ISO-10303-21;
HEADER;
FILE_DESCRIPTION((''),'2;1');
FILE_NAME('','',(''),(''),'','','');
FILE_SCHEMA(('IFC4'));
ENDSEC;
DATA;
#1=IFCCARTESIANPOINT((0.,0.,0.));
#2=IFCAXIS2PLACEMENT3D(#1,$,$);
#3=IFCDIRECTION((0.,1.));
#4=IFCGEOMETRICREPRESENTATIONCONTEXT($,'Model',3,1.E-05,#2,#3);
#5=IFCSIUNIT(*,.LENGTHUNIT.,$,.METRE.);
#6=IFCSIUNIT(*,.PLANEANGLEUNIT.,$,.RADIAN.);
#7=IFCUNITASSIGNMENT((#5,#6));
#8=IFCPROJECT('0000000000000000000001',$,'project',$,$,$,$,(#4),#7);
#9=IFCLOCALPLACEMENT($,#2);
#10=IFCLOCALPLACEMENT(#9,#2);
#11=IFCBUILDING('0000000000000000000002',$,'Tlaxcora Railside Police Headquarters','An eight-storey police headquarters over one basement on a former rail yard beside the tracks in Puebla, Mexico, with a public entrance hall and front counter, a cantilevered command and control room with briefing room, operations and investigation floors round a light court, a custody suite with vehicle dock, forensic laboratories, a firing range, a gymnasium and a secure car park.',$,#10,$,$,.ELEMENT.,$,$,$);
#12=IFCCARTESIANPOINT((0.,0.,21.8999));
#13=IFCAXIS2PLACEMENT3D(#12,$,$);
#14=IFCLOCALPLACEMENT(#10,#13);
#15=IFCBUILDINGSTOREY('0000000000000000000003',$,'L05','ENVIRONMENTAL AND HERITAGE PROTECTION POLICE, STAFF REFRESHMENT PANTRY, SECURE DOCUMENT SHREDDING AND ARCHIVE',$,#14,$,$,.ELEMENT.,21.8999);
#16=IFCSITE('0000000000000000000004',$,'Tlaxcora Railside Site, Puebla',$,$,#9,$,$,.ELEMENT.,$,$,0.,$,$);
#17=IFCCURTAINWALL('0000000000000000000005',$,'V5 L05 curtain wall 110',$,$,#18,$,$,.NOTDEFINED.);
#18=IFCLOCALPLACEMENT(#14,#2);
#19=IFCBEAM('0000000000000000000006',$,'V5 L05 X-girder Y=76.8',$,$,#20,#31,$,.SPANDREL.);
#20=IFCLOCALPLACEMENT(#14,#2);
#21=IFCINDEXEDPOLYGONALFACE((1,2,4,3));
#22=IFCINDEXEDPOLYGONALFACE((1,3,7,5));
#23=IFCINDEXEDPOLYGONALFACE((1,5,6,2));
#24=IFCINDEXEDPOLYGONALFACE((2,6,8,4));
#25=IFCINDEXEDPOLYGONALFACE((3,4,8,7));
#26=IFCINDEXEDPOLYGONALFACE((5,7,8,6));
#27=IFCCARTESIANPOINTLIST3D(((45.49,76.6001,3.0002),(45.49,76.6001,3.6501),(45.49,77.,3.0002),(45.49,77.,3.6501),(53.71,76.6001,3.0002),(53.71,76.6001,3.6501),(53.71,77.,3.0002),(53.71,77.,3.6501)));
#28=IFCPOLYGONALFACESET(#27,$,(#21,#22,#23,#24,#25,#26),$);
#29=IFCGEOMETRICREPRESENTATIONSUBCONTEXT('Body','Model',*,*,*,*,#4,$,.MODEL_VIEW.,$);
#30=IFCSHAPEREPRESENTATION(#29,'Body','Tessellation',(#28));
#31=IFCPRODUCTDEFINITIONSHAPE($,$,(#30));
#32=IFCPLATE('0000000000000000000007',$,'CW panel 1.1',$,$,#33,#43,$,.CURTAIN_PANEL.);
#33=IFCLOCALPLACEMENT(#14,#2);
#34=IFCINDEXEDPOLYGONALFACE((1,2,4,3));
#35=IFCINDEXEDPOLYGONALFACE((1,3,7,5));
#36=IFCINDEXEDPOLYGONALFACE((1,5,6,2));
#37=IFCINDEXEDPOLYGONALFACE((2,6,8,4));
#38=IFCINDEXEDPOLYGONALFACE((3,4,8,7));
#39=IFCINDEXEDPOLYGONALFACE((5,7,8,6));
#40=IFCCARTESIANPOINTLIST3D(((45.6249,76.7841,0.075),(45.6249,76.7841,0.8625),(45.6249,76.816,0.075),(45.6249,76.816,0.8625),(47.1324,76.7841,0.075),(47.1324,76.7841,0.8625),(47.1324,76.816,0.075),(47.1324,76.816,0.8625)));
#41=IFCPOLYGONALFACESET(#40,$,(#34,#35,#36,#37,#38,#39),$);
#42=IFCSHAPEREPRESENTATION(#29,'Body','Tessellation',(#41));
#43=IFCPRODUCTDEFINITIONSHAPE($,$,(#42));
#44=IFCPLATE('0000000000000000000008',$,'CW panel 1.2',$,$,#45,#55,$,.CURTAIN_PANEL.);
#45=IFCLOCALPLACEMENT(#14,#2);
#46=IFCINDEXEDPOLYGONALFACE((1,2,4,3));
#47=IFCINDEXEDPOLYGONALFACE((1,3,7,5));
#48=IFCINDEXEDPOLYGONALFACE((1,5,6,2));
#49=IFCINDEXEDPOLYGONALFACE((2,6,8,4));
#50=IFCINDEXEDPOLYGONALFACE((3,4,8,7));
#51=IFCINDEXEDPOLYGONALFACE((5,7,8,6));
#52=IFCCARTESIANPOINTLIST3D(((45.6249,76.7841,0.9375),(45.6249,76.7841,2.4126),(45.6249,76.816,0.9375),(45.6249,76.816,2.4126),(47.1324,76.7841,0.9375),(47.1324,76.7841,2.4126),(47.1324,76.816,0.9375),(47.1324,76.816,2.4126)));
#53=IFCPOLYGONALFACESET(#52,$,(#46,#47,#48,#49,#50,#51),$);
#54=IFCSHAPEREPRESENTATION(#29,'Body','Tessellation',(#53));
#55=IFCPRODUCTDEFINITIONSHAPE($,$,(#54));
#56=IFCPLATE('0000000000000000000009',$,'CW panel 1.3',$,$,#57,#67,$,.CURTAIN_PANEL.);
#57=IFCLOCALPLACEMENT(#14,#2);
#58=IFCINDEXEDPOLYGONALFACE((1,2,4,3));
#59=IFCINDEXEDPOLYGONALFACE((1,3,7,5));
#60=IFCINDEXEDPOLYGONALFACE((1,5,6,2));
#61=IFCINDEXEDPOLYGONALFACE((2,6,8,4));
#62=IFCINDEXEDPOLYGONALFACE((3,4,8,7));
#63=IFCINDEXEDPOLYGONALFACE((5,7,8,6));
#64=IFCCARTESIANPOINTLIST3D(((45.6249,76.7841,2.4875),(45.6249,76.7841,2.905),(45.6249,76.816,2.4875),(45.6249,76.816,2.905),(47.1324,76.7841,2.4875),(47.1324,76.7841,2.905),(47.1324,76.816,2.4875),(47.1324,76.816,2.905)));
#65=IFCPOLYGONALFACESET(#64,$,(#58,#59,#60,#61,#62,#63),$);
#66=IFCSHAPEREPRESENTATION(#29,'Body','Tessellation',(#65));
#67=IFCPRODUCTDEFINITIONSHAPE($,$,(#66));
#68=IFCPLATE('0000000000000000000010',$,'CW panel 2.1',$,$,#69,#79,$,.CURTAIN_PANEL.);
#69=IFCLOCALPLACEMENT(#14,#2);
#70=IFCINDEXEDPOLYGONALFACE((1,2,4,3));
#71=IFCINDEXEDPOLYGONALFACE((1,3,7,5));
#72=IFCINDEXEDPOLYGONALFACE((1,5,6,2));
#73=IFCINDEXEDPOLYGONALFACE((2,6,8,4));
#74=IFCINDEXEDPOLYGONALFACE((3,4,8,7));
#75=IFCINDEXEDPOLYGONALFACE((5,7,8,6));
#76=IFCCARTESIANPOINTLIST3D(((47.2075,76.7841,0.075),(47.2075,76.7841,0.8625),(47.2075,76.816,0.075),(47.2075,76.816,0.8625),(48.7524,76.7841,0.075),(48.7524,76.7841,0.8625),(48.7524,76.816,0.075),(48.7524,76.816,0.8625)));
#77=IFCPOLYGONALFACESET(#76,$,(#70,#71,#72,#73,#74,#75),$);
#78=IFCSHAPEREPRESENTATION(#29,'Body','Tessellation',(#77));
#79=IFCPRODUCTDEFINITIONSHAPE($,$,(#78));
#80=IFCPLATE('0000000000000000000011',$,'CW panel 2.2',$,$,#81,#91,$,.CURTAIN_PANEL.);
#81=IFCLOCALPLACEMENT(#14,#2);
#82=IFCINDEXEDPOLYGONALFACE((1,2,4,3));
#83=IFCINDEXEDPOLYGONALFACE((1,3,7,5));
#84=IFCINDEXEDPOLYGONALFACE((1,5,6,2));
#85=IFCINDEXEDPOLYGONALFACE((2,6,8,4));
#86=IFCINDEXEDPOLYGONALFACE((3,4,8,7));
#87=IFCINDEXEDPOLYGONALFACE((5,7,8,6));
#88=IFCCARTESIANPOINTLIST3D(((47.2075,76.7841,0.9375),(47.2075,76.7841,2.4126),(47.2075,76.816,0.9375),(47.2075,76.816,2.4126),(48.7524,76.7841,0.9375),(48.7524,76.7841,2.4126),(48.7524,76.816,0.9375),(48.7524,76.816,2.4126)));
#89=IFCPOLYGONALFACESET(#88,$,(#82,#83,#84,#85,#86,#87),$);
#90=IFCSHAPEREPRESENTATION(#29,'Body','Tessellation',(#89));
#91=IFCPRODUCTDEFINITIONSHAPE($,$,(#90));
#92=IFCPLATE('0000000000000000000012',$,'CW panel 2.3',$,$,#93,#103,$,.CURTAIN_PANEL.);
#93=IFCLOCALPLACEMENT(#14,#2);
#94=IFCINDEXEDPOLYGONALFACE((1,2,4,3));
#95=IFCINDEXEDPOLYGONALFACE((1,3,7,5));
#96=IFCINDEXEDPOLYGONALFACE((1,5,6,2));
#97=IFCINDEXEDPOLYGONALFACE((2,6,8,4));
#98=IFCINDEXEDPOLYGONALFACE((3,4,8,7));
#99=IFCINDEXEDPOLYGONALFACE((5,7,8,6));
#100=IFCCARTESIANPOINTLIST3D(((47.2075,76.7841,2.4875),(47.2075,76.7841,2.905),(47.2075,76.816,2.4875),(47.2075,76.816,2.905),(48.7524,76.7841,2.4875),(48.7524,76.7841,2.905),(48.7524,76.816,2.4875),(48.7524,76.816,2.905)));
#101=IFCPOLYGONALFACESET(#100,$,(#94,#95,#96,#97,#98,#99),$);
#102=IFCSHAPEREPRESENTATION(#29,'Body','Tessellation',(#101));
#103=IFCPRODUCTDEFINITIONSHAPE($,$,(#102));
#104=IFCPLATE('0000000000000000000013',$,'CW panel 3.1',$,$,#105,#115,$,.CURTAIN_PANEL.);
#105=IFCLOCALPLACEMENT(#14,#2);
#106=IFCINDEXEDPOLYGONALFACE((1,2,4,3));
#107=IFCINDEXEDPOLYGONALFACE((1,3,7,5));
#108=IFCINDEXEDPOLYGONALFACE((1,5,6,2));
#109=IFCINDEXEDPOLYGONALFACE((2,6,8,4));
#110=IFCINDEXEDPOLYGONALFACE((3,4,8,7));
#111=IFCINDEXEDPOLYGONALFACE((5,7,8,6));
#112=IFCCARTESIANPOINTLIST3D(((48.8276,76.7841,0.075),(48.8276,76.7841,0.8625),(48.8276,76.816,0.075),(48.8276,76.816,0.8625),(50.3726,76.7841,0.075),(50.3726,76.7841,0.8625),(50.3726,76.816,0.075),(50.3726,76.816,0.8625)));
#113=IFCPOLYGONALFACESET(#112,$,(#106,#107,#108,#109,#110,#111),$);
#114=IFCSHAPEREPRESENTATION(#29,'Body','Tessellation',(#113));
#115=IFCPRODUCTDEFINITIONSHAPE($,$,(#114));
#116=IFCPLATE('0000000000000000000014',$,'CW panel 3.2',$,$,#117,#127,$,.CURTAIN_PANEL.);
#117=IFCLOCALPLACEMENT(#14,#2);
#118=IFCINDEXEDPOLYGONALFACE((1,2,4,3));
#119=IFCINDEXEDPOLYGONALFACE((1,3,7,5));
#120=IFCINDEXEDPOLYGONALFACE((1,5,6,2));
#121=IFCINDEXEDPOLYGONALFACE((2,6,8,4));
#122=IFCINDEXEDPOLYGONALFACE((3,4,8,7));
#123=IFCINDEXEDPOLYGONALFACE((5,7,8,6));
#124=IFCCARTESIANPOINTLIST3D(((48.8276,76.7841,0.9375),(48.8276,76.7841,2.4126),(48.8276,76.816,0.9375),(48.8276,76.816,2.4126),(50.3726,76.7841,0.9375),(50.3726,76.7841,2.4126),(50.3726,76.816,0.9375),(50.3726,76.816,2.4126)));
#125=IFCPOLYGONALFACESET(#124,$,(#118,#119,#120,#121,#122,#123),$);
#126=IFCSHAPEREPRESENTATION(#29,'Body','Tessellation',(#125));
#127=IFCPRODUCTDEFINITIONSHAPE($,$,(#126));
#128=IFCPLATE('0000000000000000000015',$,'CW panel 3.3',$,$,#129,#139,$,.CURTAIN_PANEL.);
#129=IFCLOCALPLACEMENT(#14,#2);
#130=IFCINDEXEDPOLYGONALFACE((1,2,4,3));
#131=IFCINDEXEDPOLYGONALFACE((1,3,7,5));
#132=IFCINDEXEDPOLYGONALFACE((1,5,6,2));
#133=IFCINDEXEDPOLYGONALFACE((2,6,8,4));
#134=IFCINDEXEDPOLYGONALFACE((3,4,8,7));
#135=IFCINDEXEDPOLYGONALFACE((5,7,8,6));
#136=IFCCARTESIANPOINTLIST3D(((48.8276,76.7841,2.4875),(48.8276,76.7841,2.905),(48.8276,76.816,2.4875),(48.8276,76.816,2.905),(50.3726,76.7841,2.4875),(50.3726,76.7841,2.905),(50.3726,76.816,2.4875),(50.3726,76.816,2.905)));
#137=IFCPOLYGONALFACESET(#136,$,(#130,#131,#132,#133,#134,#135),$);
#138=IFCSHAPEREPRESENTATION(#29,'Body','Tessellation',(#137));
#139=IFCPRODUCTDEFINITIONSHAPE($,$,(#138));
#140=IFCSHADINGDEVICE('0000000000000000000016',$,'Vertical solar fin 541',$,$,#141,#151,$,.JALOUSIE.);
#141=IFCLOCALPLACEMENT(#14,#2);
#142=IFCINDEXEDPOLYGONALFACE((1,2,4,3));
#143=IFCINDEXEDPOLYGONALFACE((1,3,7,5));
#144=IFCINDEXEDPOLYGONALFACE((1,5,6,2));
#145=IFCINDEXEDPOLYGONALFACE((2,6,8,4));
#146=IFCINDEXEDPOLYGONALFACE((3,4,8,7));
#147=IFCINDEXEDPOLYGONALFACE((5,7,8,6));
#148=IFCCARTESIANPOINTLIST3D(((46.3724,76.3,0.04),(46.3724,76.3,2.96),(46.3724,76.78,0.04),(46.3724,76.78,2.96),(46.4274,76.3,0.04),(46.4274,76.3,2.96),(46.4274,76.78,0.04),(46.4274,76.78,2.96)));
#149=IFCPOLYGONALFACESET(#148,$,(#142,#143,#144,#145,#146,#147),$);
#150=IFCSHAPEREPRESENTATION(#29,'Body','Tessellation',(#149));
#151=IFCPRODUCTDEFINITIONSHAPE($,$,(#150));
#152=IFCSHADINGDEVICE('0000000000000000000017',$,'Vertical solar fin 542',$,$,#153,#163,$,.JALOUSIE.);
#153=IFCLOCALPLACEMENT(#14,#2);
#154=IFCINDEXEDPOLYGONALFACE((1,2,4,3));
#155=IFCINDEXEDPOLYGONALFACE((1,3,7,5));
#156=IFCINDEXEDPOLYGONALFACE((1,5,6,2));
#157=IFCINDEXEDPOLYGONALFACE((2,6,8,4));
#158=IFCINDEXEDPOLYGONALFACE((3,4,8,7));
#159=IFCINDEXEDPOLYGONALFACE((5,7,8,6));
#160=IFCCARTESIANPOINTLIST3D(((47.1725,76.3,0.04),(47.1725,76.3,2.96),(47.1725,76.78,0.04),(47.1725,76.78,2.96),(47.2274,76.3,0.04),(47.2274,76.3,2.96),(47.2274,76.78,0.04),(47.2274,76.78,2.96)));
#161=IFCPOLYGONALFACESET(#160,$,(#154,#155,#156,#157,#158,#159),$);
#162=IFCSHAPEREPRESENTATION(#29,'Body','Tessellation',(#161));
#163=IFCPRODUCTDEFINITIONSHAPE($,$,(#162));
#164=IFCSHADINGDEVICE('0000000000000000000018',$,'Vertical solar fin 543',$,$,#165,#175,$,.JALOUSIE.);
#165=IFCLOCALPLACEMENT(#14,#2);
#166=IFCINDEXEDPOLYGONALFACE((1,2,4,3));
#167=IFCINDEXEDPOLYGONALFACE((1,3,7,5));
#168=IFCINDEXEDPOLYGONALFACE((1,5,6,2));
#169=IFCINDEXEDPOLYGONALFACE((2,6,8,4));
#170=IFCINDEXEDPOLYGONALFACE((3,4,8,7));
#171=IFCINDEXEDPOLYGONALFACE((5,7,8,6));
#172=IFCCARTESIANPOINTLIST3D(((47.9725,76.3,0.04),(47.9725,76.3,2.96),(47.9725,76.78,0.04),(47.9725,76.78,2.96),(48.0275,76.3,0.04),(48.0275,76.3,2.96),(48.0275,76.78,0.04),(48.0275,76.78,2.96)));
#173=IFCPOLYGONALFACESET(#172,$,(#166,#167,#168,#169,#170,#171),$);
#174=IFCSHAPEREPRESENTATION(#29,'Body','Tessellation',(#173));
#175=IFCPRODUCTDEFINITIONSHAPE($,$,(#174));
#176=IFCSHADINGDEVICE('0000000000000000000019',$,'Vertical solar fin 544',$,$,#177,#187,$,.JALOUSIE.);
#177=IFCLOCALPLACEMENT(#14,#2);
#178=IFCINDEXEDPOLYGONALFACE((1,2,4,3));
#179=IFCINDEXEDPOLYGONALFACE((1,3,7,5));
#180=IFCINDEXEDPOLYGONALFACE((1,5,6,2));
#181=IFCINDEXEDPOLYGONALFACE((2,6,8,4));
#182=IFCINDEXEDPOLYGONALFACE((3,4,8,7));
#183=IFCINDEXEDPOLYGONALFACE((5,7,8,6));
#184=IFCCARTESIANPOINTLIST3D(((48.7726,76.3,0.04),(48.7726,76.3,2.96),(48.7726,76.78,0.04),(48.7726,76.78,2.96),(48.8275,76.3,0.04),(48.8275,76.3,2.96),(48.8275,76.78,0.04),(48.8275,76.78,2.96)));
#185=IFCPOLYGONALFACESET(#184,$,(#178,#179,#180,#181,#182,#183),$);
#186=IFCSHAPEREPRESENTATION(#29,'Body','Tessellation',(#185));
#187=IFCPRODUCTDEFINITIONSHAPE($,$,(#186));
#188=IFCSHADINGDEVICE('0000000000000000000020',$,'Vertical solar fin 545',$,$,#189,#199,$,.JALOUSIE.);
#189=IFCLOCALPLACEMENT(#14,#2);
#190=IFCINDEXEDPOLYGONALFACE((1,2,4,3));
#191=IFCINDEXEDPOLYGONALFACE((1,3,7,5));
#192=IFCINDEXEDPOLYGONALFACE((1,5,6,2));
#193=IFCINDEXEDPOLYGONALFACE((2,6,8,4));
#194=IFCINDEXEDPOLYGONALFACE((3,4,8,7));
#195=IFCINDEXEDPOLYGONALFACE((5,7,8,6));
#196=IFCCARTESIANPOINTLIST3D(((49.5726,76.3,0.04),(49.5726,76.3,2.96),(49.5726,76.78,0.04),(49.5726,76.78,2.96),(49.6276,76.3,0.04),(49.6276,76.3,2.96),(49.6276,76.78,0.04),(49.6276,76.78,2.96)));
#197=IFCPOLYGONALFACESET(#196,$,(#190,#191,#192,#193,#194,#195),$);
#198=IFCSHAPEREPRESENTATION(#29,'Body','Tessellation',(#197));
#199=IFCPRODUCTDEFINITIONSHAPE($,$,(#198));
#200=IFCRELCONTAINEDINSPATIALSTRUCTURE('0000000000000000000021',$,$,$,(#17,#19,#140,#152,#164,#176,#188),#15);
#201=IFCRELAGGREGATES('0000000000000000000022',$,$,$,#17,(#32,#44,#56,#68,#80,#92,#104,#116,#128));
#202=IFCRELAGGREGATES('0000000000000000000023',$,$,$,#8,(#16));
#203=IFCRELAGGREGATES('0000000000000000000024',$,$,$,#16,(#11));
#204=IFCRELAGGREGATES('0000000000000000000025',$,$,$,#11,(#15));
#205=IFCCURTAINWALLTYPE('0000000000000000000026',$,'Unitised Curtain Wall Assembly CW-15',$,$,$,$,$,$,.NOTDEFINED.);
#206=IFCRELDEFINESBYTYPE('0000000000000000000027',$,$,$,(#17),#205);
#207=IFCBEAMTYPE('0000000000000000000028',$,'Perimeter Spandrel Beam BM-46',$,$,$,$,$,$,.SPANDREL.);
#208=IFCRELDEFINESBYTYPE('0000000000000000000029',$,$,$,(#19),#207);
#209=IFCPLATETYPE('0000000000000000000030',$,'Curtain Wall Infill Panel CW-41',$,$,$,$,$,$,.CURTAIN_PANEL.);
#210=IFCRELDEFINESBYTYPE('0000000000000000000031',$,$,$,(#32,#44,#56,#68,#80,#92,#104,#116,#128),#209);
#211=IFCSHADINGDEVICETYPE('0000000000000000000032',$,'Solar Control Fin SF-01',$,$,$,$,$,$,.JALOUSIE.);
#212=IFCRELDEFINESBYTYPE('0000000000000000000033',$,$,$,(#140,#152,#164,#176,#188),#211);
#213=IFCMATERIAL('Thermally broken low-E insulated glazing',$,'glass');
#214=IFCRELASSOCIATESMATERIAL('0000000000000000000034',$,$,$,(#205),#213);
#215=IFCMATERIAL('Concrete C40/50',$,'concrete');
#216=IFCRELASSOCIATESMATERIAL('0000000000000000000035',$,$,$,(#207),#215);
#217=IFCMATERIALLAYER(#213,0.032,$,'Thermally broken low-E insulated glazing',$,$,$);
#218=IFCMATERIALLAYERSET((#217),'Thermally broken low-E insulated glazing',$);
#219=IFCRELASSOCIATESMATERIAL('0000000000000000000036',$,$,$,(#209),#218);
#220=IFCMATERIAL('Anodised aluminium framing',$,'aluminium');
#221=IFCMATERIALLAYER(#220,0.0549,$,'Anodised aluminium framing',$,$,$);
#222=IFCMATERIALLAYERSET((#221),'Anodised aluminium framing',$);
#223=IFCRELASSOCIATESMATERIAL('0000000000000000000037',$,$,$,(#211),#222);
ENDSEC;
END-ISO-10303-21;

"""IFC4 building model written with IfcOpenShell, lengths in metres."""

from ifc_helpers import new_model, si_unit, direction, frame, origin, origin_2d, place, context, subcontext, project, spatial, rectangle, extrude, material, layer, layer_set, material_profile, profile_set, type_object, element, aggregate, save


model = new_model("IFC4")

# Units and contexts
model_context = context("Model", 3, precision=1e-05, world=origin(), true_north=direction((0.0, 1.0)))
body_context = subcontext(model_context, "Body", "Model", "MODEL_VIEW")
ifc_project = project(units=[si_unit("LENGTHUNIT", "METRE"), si_unit("PLANEANGLEUNIT", "RADIAN")], contexts=[model_context])

# Site, building, storey
site_placement = place(None, origin())
site = spatial("IfcSite", under=ifc_project, at=site_placement, Name="Tlaxcora Railside Site, Puebla", CompositionType="ELEMENT", RefElevation=0.0)
building_placement = place(site_placement, origin())
building = spatial("IfcBuilding", under=site, at=building_placement, Name="Tlaxcora Railside Police Headquarters", Description="An eight-storey police headquarters over one basement on a former rail yard beside the tracks in Puebla, Mexico, with a public entrance hall and front counter, a cantilevered command and control room with briefing room, operations and investigation floors round a light court, a custody suite with vehicle dock, forensic laboratories, a firing range, a gymnasium and a secure car park.", CompositionType="ELEMENT")
storey_placement = place(building_placement, frame((0.0, 0.0, 21.8999)))
storey = spatial("IfcBuildingStorey", under=building, at=storey_placement, Name="L05", Description="ENVIRONMENTAL AND HERITAGE PROTECTION POLICE, STAFF REFRESHMENT PANTRY, SECURE DOCUMENT SHREDDING AND ARCHIVE", CompositionType="ELEMENT", Elevation=21.8999)

# Curtain wall
ifc_material_1 = material(Name="Thermally broken low-E insulated glazing", Category="glass")
curtain_wall_type = type_object("IfcCurtainWallType", Name="Unitised Curtain Wall Assembly CW-15", PredefinedType="NOTDEFINED", material=ifc_material_1)
curtain_wall_placement = place(storey_placement, origin())
curtain_wall = element("IfcCurtainWall", 1, at=curtain_wall_placement, inside=storey, type_object=curtain_wall_type, Name="V5 L05 curtain wall 110", PredefinedType="NOTDEFINED")
ifc_material_2 = material(Name="Anodised aluminium framing", Category="aluminium")

# Beam
ifc_material_3 = material(Name="Concrete C40/50", Category="concrete")
ifc_material_profile_1 = material_profile(ifc_material_3, rectangle(XDim=0.3999, YDim=0.6499, at=origin_2d()), Name="RC400X650")
ifc_profile_set_1 = profile_set([ifc_material_profile_1], Name="Concrete C40/50")
beam_type = type_object("IfcBeamType", Name="Perimeter Spandrel Beam BM-46", PredefinedType="SPANDREL", material=ifc_profile_set_1)
beam_placement = place(storey_placement, frame((45.49, 76.8, 3.3252), z_axis=(1.0, 0.0, 0.0), x_axis=(0.0, 1.0, 0.0)))
element("IfcBeam", 2, at=beam_placement, inside=storey, type_object=beam_type, Name="V5 L05 X-girder Y=76.8", PredefinedType="SPANDREL", context=body_context, shape_type="SweptSolid", body=[
    extrude(rectangle(XDim=0.3999, YDim=0.6499, at=origin_2d()), origin(), (0.0, 0.0, 1.0), 8.22),
])

# Plates
ifc_layer_1 = layer(ifc_material_1, 0.032, Name="Thermally broken low-E insulated glazing")
ifc_layer_set_1 = layer_set([ifc_layer_1], Name="Thermally broken low-E insulated glazing")
plate_type = type_object("IfcPlateType", Name="Curtain Wall Infill Panel CW-41", PredefinedType="CURTAIN_PANEL", material=ifc_layer_set_1)
plate_1_placement = place(storey_placement, frame((46.3787, 76.8, 0.075), z_axis=(0.0, 0.0, 1.0), x_axis=(1.0, 0.0, 0.0)))
plate_1 = element("IfcPlate", 3, at=plate_1_placement, type_object=plate_type, Name="CW panel 1.1", PredefinedType="CURTAIN_PANEL", context=body_context, shape_type="SweptSolid", body=[
    extrude(rectangle(XDim=1.5076, YDim=0.032, at=origin_2d()), origin(), (0.0, 0.0, 1.0), 0.7876),
])
plate_2_placement = place(storey_placement, frame((46.3787, 76.8, 0.9375), z_axis=(0.0, 0.0, 1.0), x_axis=(1.0, 0.0, 0.0)))
plate_2 = element("IfcPlate", 4, at=plate_2_placement, type_object=plate_type, Name="CW panel 1.2", PredefinedType="CURTAIN_PANEL", context=body_context, shape_type="SweptSolid", body=[
    extrude(rectangle(XDim=1.5076, YDim=0.032, at=origin_2d()), origin(), (0.0, 0.0, 1.0), 1.4751),
])
plate_3_placement = place(storey_placement, frame((46.3787, 76.8, 2.4875), z_axis=(0.0, 0.0, 1.0), x_axis=(1.0, 0.0, 0.0)))
plate_3 = element("IfcPlate", 5, at=plate_3_placement, type_object=plate_type, Name="CW panel 1.3", PredefinedType="CURTAIN_PANEL", context=body_context, shape_type="SweptSolid", body=[
    extrude(rectangle(XDim=1.5076, YDim=0.032, at=origin_2d()), origin(), (0.0, 0.0, 1.0), 0.4175),
])
plate_4_placement = place(storey_placement, frame((47.98, 76.8, 0.075), z_axis=(0.0, 0.0, 1.0), x_axis=(1.0, 0.0, 0.0)))
plate_4 = element("IfcPlate", 6, at=plate_4_placement, type_object=plate_type, Name="CW panel 2.1", PredefinedType="CURTAIN_PANEL", context=body_context, shape_type="SweptSolid", body=[
    extrude(rectangle(XDim=1.5449, YDim=0.032, at=origin_2d()), origin(), (0.0, 0.0, 1.0), 0.7876),
])
plate_5_placement = place(storey_placement, frame((47.98, 76.8, 0.9375), z_axis=(0.0, 0.0, 1.0), x_axis=(1.0, 0.0, 0.0)))
plate_5 = element("IfcPlate", 7, at=plate_5_placement, type_object=plate_type, Name="CW panel 2.2", PredefinedType="CURTAIN_PANEL", context=body_context, shape_type="SweptSolid", body=[
    extrude(rectangle(XDim=1.5449, YDim=0.032, at=origin_2d()), origin(), (0.0, 0.0, 1.0), 1.4751),
])
plate_6_placement = place(storey_placement, frame((47.98, 76.8, 2.4875), z_axis=(0.0, 0.0, 1.0), x_axis=(1.0, 0.0, 0.0)))
plate_6 = element("IfcPlate", 8, at=plate_6_placement, type_object=plate_type, Name="CW panel 2.3", PredefinedType="CURTAIN_PANEL", context=body_context, shape_type="SweptSolid", body=[
    extrude(rectangle(XDim=1.5449, YDim=0.032, at=origin_2d()), origin(), (0.0, 0.0, 1.0), 0.4175),
])
plate_7_placement = place(storey_placement, frame((49.6001, 76.8, 0.075), z_axis=(0.0, 0.0, 1.0), x_axis=(1.0, 0.0, 0.0)))
plate_7 = element("IfcPlate", 9, at=plate_7_placement, type_object=plate_type, Name="CW panel 3.1", PredefinedType="CURTAIN_PANEL", context=body_context, shape_type="SweptSolid", body=[
    extrude(rectangle(XDim=1.5449, YDim=0.032, at=origin_2d()), origin(), (0.0, 0.0, 1.0), 0.7876),
])
plate_8_placement = place(storey_placement, frame((49.6001, 76.8, 0.9375), z_axis=(0.0, 0.0, 1.0), x_axis=(1.0, 0.0, 0.0)))
plate_8 = element("IfcPlate", 10, at=plate_8_placement, type_object=plate_type, Name="CW panel 3.2", PredefinedType="CURTAIN_PANEL", context=body_context, shape_type="SweptSolid", body=[
    extrude(rectangle(XDim=1.5449, YDim=0.032, at=origin_2d()), origin(), (0.0, 0.0, 1.0), 1.4751),
])
plate_9_placement = place(storey_placement, frame((49.6001, 76.8, 2.4875), z_axis=(0.0, 0.0, 1.0), x_axis=(1.0, 0.0, 0.0)))
plate_9 = element("IfcPlate", 11, at=plate_9_placement, type_object=plate_type, Name="CW panel 3.3", PredefinedType="CURTAIN_PANEL", context=body_context, shape_type="SweptSolid", body=[
    extrude(rectangle(XDim=1.5449, YDim=0.032, at=origin_2d()), origin(), (0.0, 0.0, 1.0), 0.4175),
])
aggregate(curtain_wall, [plate_1, plate_2, plate_3, plate_4, plate_5, plate_6, plate_7, plate_8, plate_9])

# Shading devices
ifc_layer_2 = layer(ifc_material_2, 0.0549, Name="Anodised aluminium framing")
ifc_layer_set_2 = layer_set([ifc_layer_2], Name="Anodised aluminium framing")
shading_device_type = type_object("IfcShadingDeviceType", Name="Solar Control Fin SF-01", PredefinedType="JALOUSIE", material=ifc_layer_set_2)
for number, where, z_axis, x_axis, name in (
    (12, (46.3999, 76.54, 0.04), (0.0, 0.0, 1.0), (0.0, -1.0, 0.0), "Vertical solar fin 541"),
    (13, (47.2, 76.54, 0.04), (0.0, 0.0, 1.0), (0.0, -1.0, 0.0), "Vertical solar fin 542"),
    (14, (48.0, 76.54, 0.04), (0.0, 0.0, 1.0), (0.0, -1.0, 0.0), "Vertical solar fin 543"),
    (15, (48.8, 76.54, 0.04), (0.0, 0.0, 1.0), (0.0, -1.0, 0.0), "Vertical solar fin 544"),
    (16, (49.6001, 76.54, 0.04), (0.0, 0.0, 1.0), (0.0, -1.0, 0.0), "Vertical solar fin 545"),
):
    element("IfcShadingDevice", number, at=place(storey_placement, frame(where, z_axis=z_axis, x_axis=x_axis)), inside=storey, type_object=shading_device_type, Name=name, PredefinedType="JALOUSIE", context=body_context, shape_type="SweptSolid", body=[
        extrude(rectangle(XDim=0.48, YDim=0.0549, at=origin_2d()), origin(), (0.0, 0.0, 1.0), 2.9199),
    ])

save(model, "model.ifc")
